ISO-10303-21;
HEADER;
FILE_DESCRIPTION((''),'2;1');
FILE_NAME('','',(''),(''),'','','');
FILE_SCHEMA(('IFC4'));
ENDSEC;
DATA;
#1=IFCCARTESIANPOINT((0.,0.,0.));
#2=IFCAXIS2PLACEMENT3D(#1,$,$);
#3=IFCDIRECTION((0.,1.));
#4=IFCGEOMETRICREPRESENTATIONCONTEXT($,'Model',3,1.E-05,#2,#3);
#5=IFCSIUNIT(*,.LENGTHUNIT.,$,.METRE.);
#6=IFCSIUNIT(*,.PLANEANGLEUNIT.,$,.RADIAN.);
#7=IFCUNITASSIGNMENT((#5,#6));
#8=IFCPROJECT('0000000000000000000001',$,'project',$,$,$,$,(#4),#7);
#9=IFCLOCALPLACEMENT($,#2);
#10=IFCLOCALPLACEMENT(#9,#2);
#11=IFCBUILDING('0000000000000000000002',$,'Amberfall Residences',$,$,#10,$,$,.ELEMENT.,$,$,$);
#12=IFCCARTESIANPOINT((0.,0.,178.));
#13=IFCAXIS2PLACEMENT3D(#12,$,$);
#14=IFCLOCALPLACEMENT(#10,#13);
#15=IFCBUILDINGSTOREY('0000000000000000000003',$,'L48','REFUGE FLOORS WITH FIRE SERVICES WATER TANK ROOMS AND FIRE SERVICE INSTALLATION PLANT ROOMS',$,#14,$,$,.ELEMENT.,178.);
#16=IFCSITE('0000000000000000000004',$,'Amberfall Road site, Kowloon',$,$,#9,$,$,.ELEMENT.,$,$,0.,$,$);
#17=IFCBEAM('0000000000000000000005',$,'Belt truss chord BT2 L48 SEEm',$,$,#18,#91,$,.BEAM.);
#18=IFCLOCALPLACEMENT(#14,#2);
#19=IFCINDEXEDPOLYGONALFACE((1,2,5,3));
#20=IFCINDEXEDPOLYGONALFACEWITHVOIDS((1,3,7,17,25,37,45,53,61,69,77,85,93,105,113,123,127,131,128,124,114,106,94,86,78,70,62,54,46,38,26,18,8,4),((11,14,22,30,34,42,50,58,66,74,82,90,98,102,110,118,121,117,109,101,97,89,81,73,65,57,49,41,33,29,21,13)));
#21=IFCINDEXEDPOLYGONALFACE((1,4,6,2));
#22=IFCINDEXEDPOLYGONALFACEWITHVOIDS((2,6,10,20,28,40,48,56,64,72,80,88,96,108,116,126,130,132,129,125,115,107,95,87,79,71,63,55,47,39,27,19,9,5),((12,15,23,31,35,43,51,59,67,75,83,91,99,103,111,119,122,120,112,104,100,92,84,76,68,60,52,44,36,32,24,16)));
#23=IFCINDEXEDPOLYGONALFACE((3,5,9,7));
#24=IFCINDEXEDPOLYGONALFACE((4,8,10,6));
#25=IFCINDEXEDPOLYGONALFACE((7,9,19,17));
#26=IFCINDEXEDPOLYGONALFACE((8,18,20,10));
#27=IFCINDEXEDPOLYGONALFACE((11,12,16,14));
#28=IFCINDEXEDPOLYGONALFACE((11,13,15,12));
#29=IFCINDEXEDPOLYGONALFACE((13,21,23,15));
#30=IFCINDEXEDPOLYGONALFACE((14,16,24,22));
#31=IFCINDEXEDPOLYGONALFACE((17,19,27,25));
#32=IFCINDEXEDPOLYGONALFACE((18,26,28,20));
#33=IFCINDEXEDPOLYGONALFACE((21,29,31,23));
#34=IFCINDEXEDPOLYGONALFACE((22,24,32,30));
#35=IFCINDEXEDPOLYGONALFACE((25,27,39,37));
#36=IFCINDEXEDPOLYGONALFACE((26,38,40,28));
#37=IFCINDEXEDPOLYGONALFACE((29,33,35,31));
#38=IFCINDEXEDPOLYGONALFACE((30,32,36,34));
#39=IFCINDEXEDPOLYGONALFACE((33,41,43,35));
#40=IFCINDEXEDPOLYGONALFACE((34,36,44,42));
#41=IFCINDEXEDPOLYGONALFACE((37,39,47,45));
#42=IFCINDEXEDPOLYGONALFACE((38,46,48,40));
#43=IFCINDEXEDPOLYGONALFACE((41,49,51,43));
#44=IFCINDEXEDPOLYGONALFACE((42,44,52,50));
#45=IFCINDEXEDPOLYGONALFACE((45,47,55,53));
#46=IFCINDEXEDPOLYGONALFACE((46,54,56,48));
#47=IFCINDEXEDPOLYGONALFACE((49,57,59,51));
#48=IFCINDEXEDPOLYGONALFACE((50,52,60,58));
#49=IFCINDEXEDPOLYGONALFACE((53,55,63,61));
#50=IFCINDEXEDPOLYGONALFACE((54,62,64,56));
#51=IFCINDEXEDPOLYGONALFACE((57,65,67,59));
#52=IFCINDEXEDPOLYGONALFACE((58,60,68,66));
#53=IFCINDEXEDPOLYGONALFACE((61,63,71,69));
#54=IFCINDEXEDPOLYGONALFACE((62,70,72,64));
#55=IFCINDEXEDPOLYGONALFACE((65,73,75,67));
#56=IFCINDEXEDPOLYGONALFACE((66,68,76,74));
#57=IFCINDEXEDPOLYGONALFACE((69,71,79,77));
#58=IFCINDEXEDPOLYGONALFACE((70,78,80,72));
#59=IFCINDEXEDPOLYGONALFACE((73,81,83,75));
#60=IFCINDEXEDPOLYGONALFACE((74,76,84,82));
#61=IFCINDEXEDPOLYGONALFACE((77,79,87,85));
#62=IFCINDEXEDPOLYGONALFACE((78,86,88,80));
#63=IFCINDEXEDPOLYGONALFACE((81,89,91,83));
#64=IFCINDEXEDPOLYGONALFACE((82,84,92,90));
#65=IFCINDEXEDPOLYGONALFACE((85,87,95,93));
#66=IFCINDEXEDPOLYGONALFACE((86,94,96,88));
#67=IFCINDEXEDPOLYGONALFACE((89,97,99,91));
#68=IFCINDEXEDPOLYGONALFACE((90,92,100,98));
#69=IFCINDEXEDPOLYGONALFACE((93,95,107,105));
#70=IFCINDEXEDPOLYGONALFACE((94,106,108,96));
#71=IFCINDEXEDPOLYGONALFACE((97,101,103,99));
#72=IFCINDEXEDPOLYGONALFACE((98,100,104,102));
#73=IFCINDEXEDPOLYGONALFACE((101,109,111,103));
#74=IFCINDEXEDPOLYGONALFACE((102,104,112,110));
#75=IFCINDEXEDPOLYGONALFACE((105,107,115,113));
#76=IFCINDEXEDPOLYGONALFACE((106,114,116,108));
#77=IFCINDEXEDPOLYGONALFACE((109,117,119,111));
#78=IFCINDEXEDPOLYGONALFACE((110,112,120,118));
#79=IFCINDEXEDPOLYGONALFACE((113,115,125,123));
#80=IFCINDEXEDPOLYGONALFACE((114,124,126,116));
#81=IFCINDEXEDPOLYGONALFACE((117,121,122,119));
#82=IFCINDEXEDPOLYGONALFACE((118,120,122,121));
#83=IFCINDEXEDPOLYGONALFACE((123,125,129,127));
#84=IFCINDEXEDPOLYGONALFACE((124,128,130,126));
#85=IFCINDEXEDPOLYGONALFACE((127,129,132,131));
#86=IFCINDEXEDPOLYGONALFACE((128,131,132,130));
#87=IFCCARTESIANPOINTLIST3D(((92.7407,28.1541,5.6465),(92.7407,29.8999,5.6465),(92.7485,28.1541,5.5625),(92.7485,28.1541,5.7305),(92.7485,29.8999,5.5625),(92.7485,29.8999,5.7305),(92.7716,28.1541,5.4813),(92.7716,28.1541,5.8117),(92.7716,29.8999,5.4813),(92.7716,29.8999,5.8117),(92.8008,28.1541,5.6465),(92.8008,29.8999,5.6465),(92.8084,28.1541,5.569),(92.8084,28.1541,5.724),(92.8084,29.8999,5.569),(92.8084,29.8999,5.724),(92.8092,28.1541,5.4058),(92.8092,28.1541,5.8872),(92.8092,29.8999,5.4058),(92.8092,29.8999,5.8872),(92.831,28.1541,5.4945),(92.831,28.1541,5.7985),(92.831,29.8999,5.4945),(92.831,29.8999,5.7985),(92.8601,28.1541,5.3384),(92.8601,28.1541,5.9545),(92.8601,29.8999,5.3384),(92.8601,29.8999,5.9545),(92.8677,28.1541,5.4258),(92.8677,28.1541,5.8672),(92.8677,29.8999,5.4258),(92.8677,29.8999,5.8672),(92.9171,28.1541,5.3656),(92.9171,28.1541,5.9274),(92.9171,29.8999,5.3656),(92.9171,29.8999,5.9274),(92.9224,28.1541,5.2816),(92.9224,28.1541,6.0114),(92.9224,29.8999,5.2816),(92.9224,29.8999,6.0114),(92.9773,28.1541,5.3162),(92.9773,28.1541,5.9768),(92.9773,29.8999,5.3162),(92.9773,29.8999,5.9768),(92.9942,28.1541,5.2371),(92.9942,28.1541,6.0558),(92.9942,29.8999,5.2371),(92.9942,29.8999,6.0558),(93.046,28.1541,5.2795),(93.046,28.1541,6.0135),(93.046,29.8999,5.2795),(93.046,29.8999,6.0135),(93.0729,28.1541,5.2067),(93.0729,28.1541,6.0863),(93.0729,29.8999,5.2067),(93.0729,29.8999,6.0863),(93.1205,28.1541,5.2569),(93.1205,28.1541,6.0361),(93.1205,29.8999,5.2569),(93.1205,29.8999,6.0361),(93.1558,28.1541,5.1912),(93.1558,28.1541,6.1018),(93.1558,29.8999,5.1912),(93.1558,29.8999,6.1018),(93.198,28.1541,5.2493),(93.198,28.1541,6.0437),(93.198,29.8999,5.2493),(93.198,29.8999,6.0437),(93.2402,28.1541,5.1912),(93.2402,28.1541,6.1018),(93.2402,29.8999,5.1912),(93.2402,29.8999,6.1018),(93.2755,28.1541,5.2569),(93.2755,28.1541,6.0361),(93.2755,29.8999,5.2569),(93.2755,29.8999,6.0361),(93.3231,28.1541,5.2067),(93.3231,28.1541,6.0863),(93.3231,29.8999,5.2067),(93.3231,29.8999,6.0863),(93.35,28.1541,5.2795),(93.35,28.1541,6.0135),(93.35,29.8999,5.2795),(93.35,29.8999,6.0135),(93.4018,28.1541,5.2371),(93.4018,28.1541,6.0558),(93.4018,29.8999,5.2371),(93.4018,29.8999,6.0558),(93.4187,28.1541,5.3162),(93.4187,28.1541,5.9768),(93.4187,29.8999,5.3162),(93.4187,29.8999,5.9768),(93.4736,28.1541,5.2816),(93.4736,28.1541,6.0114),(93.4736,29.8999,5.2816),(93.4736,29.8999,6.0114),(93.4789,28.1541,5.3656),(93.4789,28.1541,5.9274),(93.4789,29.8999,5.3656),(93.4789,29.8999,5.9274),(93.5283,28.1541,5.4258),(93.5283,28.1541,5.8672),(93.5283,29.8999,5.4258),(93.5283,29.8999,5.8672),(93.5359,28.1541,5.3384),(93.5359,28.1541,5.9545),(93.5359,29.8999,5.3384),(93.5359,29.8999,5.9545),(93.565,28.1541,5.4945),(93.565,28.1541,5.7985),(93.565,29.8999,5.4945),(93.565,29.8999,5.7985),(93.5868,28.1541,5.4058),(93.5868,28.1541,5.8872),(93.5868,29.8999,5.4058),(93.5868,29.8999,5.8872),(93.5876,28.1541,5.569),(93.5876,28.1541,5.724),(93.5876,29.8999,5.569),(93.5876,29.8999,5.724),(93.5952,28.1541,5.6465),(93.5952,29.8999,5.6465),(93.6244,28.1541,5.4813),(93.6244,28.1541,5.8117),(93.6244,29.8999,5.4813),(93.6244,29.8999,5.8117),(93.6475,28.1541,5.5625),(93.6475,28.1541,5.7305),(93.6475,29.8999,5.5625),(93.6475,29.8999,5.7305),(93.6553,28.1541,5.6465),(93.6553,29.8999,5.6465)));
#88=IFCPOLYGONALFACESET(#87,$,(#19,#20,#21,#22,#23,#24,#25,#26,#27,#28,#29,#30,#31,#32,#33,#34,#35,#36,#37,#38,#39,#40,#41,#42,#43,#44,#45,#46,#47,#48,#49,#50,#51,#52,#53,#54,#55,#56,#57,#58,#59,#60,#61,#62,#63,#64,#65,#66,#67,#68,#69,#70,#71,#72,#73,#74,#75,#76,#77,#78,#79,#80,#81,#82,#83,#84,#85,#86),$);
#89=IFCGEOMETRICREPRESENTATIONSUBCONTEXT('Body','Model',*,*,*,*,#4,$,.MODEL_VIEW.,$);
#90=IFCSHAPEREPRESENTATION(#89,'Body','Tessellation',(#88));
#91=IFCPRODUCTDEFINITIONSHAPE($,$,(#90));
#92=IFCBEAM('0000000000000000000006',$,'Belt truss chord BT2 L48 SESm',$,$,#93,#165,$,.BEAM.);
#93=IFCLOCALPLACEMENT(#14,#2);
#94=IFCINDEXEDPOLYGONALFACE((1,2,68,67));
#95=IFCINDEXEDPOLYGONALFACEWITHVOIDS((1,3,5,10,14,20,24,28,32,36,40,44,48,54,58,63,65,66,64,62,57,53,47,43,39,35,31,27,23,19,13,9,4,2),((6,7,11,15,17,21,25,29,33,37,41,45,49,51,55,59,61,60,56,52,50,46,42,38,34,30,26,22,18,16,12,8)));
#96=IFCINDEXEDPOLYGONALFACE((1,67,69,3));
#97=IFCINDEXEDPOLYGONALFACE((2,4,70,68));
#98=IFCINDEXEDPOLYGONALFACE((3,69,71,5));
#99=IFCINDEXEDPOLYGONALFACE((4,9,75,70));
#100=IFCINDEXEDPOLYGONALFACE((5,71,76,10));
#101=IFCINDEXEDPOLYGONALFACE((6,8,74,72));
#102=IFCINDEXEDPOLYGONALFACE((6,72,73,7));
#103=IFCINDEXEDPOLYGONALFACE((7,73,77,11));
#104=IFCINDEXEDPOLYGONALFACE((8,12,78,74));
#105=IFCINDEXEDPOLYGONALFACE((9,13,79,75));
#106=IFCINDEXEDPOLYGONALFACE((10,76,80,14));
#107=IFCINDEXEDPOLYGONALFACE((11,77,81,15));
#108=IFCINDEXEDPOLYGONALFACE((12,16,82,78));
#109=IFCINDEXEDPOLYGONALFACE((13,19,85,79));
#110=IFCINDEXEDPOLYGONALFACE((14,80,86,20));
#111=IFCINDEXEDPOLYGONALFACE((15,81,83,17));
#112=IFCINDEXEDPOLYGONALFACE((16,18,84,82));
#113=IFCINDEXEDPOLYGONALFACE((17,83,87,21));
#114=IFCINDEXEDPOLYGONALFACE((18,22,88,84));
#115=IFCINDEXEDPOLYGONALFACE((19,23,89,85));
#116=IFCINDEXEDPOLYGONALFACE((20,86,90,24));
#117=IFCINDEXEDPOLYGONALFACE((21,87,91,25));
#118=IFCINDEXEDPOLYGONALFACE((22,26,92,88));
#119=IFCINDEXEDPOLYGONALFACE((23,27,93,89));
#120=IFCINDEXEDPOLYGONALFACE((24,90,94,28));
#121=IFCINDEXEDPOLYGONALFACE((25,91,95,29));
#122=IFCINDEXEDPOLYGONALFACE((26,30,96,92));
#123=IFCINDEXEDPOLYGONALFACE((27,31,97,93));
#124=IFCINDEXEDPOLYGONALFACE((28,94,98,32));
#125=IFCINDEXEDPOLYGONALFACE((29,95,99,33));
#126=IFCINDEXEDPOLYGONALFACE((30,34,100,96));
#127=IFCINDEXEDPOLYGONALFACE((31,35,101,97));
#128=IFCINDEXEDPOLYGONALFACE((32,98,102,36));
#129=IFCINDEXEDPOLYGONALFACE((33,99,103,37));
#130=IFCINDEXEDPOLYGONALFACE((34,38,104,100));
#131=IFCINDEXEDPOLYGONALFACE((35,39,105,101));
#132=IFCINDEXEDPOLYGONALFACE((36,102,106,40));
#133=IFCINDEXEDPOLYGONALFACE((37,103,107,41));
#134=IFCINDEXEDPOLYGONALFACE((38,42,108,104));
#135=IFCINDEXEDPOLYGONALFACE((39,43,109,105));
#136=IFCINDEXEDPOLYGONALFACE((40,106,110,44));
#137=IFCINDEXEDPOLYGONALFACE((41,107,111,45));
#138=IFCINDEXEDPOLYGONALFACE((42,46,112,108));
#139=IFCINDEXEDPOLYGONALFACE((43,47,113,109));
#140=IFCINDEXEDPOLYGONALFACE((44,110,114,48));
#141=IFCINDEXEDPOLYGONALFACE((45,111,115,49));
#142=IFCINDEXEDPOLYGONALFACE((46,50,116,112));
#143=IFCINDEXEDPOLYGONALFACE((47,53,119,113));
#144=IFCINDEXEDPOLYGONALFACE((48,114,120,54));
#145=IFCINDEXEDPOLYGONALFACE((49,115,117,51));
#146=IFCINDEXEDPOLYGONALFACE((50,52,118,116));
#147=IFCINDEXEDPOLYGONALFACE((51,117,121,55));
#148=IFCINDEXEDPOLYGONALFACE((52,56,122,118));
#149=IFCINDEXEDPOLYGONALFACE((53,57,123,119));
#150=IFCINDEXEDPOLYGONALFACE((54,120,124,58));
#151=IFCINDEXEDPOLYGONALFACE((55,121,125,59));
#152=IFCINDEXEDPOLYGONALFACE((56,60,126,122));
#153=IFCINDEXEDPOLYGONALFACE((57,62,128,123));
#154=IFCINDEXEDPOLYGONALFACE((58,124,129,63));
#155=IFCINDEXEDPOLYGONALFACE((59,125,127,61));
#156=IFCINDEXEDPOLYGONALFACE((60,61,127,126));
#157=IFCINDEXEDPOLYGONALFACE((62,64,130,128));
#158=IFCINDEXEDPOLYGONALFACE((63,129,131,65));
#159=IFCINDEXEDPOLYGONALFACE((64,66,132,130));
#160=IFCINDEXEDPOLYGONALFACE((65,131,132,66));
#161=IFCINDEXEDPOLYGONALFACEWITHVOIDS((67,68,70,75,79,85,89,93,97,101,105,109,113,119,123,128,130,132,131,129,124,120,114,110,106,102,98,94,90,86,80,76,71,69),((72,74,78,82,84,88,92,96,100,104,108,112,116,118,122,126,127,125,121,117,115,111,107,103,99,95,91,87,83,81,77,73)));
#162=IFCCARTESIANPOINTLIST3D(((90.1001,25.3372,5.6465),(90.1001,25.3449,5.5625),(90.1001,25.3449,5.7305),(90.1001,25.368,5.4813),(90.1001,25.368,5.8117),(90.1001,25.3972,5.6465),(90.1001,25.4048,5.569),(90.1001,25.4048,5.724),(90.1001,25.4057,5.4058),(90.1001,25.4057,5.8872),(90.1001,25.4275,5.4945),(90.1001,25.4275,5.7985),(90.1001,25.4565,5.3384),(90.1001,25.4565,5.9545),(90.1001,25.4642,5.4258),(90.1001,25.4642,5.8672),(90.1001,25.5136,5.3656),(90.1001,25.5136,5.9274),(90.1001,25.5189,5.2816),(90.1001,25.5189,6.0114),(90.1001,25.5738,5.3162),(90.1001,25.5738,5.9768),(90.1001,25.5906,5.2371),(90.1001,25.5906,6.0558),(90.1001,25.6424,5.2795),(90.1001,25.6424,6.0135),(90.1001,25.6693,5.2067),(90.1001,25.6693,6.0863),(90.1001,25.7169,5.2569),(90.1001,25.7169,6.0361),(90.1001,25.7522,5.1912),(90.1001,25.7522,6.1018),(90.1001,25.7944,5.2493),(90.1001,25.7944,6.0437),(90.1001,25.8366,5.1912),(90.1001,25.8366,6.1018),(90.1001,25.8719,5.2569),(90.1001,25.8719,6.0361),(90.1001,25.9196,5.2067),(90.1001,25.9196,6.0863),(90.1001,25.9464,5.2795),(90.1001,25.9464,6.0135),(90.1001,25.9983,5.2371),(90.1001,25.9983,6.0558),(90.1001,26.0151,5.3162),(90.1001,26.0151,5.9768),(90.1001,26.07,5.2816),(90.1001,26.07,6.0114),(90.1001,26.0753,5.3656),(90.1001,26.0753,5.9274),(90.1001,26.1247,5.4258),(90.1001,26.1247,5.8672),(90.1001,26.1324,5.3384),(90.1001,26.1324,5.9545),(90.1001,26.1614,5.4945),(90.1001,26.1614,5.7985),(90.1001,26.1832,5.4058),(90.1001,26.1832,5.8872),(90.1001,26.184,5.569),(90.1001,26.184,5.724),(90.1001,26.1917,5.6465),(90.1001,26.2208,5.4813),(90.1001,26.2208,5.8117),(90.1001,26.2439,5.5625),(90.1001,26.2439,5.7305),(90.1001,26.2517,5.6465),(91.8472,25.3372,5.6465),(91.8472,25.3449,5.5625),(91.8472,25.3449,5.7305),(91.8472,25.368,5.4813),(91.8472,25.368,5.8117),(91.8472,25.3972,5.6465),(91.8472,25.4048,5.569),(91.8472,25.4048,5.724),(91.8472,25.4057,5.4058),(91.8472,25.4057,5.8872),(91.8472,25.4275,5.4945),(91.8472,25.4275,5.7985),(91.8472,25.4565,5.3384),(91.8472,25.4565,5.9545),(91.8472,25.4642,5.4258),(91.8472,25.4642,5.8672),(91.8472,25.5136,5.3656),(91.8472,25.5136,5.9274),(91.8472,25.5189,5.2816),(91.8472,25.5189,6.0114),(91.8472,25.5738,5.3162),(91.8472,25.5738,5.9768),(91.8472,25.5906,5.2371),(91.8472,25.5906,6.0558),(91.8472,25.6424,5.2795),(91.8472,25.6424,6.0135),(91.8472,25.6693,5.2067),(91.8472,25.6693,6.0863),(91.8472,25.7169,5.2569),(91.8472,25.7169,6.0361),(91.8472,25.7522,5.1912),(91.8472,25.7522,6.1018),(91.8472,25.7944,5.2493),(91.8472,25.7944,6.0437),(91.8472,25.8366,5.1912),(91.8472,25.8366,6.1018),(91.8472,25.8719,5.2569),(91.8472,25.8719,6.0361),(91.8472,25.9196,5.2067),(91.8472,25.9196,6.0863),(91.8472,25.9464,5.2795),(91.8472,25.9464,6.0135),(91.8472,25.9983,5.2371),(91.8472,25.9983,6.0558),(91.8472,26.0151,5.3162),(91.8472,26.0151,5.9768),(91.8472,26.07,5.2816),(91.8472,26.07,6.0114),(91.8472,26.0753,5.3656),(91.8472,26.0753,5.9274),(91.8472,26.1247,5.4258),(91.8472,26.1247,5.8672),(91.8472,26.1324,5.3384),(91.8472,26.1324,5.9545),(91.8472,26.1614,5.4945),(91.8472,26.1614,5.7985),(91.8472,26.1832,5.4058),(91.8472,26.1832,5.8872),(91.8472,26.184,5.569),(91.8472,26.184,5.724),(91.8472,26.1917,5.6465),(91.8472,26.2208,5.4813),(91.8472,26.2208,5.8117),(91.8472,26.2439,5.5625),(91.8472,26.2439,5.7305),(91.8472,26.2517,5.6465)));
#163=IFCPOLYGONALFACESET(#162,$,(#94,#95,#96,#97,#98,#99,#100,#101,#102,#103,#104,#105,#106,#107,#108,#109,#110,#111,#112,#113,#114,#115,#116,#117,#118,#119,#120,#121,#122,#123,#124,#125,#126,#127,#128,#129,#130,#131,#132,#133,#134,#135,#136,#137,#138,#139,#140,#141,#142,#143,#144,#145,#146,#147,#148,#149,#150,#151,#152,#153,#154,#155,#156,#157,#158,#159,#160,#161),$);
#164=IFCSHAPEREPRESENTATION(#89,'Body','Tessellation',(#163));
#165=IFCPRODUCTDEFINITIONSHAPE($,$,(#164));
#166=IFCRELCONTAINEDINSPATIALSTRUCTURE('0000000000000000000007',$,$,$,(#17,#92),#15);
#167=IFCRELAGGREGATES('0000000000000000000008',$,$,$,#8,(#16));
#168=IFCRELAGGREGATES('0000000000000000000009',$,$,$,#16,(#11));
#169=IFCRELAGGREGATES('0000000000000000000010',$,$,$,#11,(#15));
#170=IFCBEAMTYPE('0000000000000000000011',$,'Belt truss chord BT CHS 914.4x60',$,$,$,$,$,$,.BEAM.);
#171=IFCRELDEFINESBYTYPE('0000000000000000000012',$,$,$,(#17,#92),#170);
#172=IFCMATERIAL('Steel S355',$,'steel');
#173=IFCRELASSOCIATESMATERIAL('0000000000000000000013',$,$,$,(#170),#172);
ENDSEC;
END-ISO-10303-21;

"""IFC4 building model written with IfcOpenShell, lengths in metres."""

from ifc_helpers import new_model, si_unit, direction, frame, origin, origin_2d, place, context, subcontext, project, spatial, hollow_circle, extrude, material, material_profile, profile_set, type_object, element, save


model = new_model("IFC4")

# Units and contexts
model_context = context("Model", 3, precision=1e-05, world=origin(), true_north=direction((0.0, 1.0)))
body_context = subcontext(model_context, "Body", "Model", "MODEL_VIEW")
ifc_project = project(units=[si_unit("LENGTHUNIT", "METRE"), si_unit("PLANEANGLEUNIT", "RADIAN")], contexts=[model_context])

# Site, building, storey
site_placement = place(None, origin())
site = spatial("IfcSite", under=ifc_project, at=site_placement, Name="Amberfall Road site, Kowloon", CompositionType="ELEMENT", RefElevation=0.0)
building_placement = place(site_placement, origin())
building = spatial("IfcBuilding", under=site, at=building_placement, Name="Amberfall Residences", CompositionType="ELEMENT")
storey_placement = place(building_placement, frame((0.0, 0.0, 178.0)))
storey = spatial("IfcBuildingStorey", under=building, at=storey_placement, Name="L48", Description="REFUGE FLOORS WITH FIRE SERVICES WATER TANK ROOMS AND FIRE SERVICE INSTALLATION PLANT ROOMS", CompositionType="ELEMENT", Elevation=178.0)

# Beams
ifc_material = material(Name="Steel S355", Category="steel")
ifc_material_profile_1 = material_profile(ifc_material, hollow_circle(Radius=0.4573, WallThickness=0.0601, at=origin_2d()), Name="CHS 914.4x60")
ifc_profile_set_1 = profile_set([ifc_material_profile_1], Name="Steel S355")
beam_type_1 = type_object("IfcBeamType", Name="Belt truss chord BT CHS 914.4x60", PredefinedType="BEAM", material=ifc_profile_set_1)
beam_1_placement = place(storey_placement, frame((93.198, 28.1541, 5.6465), z_axis=(0.0, 1.0, 0.0), x_axis=(-1.0, 0.0, 0.0)))
element("IfcBeam", 1, at=beam_1_placement, inside=storey, type_object=beam_type_1, Name="Belt truss chord BT2 L48 SEEm", PredefinedType="BEAM", context=body_context, shape_type="SweptSolid", body=[
    extrude(hollow_circle(Radius=0.4573, WallThickness=0.0601, at=origin_2d()), origin(), (0.0, 0.0, 1.0), 1.7458),
])
beam_2_placement = place(storey_placement, frame((91.8472, 25.7944, 5.6465), z_axis=(-1.0, 0.0, 0.0), x_axis=(0.0, -1.0, 0.0)))
element("IfcBeam", 2, at=beam_2_placement, inside=storey, type_object=beam_type_1, Name="Belt truss chord BT2 L48 SESm", PredefinedType="BEAM", context=body_context, shape_type="SweptSolid", body=[
    extrude(hollow_circle(Radius=0.4573, WallThickness=0.0601, at=origin_2d()), origin(), (0.0, 0.0, 1.0), 1.7471),
])

save(model, "model.ifc")
